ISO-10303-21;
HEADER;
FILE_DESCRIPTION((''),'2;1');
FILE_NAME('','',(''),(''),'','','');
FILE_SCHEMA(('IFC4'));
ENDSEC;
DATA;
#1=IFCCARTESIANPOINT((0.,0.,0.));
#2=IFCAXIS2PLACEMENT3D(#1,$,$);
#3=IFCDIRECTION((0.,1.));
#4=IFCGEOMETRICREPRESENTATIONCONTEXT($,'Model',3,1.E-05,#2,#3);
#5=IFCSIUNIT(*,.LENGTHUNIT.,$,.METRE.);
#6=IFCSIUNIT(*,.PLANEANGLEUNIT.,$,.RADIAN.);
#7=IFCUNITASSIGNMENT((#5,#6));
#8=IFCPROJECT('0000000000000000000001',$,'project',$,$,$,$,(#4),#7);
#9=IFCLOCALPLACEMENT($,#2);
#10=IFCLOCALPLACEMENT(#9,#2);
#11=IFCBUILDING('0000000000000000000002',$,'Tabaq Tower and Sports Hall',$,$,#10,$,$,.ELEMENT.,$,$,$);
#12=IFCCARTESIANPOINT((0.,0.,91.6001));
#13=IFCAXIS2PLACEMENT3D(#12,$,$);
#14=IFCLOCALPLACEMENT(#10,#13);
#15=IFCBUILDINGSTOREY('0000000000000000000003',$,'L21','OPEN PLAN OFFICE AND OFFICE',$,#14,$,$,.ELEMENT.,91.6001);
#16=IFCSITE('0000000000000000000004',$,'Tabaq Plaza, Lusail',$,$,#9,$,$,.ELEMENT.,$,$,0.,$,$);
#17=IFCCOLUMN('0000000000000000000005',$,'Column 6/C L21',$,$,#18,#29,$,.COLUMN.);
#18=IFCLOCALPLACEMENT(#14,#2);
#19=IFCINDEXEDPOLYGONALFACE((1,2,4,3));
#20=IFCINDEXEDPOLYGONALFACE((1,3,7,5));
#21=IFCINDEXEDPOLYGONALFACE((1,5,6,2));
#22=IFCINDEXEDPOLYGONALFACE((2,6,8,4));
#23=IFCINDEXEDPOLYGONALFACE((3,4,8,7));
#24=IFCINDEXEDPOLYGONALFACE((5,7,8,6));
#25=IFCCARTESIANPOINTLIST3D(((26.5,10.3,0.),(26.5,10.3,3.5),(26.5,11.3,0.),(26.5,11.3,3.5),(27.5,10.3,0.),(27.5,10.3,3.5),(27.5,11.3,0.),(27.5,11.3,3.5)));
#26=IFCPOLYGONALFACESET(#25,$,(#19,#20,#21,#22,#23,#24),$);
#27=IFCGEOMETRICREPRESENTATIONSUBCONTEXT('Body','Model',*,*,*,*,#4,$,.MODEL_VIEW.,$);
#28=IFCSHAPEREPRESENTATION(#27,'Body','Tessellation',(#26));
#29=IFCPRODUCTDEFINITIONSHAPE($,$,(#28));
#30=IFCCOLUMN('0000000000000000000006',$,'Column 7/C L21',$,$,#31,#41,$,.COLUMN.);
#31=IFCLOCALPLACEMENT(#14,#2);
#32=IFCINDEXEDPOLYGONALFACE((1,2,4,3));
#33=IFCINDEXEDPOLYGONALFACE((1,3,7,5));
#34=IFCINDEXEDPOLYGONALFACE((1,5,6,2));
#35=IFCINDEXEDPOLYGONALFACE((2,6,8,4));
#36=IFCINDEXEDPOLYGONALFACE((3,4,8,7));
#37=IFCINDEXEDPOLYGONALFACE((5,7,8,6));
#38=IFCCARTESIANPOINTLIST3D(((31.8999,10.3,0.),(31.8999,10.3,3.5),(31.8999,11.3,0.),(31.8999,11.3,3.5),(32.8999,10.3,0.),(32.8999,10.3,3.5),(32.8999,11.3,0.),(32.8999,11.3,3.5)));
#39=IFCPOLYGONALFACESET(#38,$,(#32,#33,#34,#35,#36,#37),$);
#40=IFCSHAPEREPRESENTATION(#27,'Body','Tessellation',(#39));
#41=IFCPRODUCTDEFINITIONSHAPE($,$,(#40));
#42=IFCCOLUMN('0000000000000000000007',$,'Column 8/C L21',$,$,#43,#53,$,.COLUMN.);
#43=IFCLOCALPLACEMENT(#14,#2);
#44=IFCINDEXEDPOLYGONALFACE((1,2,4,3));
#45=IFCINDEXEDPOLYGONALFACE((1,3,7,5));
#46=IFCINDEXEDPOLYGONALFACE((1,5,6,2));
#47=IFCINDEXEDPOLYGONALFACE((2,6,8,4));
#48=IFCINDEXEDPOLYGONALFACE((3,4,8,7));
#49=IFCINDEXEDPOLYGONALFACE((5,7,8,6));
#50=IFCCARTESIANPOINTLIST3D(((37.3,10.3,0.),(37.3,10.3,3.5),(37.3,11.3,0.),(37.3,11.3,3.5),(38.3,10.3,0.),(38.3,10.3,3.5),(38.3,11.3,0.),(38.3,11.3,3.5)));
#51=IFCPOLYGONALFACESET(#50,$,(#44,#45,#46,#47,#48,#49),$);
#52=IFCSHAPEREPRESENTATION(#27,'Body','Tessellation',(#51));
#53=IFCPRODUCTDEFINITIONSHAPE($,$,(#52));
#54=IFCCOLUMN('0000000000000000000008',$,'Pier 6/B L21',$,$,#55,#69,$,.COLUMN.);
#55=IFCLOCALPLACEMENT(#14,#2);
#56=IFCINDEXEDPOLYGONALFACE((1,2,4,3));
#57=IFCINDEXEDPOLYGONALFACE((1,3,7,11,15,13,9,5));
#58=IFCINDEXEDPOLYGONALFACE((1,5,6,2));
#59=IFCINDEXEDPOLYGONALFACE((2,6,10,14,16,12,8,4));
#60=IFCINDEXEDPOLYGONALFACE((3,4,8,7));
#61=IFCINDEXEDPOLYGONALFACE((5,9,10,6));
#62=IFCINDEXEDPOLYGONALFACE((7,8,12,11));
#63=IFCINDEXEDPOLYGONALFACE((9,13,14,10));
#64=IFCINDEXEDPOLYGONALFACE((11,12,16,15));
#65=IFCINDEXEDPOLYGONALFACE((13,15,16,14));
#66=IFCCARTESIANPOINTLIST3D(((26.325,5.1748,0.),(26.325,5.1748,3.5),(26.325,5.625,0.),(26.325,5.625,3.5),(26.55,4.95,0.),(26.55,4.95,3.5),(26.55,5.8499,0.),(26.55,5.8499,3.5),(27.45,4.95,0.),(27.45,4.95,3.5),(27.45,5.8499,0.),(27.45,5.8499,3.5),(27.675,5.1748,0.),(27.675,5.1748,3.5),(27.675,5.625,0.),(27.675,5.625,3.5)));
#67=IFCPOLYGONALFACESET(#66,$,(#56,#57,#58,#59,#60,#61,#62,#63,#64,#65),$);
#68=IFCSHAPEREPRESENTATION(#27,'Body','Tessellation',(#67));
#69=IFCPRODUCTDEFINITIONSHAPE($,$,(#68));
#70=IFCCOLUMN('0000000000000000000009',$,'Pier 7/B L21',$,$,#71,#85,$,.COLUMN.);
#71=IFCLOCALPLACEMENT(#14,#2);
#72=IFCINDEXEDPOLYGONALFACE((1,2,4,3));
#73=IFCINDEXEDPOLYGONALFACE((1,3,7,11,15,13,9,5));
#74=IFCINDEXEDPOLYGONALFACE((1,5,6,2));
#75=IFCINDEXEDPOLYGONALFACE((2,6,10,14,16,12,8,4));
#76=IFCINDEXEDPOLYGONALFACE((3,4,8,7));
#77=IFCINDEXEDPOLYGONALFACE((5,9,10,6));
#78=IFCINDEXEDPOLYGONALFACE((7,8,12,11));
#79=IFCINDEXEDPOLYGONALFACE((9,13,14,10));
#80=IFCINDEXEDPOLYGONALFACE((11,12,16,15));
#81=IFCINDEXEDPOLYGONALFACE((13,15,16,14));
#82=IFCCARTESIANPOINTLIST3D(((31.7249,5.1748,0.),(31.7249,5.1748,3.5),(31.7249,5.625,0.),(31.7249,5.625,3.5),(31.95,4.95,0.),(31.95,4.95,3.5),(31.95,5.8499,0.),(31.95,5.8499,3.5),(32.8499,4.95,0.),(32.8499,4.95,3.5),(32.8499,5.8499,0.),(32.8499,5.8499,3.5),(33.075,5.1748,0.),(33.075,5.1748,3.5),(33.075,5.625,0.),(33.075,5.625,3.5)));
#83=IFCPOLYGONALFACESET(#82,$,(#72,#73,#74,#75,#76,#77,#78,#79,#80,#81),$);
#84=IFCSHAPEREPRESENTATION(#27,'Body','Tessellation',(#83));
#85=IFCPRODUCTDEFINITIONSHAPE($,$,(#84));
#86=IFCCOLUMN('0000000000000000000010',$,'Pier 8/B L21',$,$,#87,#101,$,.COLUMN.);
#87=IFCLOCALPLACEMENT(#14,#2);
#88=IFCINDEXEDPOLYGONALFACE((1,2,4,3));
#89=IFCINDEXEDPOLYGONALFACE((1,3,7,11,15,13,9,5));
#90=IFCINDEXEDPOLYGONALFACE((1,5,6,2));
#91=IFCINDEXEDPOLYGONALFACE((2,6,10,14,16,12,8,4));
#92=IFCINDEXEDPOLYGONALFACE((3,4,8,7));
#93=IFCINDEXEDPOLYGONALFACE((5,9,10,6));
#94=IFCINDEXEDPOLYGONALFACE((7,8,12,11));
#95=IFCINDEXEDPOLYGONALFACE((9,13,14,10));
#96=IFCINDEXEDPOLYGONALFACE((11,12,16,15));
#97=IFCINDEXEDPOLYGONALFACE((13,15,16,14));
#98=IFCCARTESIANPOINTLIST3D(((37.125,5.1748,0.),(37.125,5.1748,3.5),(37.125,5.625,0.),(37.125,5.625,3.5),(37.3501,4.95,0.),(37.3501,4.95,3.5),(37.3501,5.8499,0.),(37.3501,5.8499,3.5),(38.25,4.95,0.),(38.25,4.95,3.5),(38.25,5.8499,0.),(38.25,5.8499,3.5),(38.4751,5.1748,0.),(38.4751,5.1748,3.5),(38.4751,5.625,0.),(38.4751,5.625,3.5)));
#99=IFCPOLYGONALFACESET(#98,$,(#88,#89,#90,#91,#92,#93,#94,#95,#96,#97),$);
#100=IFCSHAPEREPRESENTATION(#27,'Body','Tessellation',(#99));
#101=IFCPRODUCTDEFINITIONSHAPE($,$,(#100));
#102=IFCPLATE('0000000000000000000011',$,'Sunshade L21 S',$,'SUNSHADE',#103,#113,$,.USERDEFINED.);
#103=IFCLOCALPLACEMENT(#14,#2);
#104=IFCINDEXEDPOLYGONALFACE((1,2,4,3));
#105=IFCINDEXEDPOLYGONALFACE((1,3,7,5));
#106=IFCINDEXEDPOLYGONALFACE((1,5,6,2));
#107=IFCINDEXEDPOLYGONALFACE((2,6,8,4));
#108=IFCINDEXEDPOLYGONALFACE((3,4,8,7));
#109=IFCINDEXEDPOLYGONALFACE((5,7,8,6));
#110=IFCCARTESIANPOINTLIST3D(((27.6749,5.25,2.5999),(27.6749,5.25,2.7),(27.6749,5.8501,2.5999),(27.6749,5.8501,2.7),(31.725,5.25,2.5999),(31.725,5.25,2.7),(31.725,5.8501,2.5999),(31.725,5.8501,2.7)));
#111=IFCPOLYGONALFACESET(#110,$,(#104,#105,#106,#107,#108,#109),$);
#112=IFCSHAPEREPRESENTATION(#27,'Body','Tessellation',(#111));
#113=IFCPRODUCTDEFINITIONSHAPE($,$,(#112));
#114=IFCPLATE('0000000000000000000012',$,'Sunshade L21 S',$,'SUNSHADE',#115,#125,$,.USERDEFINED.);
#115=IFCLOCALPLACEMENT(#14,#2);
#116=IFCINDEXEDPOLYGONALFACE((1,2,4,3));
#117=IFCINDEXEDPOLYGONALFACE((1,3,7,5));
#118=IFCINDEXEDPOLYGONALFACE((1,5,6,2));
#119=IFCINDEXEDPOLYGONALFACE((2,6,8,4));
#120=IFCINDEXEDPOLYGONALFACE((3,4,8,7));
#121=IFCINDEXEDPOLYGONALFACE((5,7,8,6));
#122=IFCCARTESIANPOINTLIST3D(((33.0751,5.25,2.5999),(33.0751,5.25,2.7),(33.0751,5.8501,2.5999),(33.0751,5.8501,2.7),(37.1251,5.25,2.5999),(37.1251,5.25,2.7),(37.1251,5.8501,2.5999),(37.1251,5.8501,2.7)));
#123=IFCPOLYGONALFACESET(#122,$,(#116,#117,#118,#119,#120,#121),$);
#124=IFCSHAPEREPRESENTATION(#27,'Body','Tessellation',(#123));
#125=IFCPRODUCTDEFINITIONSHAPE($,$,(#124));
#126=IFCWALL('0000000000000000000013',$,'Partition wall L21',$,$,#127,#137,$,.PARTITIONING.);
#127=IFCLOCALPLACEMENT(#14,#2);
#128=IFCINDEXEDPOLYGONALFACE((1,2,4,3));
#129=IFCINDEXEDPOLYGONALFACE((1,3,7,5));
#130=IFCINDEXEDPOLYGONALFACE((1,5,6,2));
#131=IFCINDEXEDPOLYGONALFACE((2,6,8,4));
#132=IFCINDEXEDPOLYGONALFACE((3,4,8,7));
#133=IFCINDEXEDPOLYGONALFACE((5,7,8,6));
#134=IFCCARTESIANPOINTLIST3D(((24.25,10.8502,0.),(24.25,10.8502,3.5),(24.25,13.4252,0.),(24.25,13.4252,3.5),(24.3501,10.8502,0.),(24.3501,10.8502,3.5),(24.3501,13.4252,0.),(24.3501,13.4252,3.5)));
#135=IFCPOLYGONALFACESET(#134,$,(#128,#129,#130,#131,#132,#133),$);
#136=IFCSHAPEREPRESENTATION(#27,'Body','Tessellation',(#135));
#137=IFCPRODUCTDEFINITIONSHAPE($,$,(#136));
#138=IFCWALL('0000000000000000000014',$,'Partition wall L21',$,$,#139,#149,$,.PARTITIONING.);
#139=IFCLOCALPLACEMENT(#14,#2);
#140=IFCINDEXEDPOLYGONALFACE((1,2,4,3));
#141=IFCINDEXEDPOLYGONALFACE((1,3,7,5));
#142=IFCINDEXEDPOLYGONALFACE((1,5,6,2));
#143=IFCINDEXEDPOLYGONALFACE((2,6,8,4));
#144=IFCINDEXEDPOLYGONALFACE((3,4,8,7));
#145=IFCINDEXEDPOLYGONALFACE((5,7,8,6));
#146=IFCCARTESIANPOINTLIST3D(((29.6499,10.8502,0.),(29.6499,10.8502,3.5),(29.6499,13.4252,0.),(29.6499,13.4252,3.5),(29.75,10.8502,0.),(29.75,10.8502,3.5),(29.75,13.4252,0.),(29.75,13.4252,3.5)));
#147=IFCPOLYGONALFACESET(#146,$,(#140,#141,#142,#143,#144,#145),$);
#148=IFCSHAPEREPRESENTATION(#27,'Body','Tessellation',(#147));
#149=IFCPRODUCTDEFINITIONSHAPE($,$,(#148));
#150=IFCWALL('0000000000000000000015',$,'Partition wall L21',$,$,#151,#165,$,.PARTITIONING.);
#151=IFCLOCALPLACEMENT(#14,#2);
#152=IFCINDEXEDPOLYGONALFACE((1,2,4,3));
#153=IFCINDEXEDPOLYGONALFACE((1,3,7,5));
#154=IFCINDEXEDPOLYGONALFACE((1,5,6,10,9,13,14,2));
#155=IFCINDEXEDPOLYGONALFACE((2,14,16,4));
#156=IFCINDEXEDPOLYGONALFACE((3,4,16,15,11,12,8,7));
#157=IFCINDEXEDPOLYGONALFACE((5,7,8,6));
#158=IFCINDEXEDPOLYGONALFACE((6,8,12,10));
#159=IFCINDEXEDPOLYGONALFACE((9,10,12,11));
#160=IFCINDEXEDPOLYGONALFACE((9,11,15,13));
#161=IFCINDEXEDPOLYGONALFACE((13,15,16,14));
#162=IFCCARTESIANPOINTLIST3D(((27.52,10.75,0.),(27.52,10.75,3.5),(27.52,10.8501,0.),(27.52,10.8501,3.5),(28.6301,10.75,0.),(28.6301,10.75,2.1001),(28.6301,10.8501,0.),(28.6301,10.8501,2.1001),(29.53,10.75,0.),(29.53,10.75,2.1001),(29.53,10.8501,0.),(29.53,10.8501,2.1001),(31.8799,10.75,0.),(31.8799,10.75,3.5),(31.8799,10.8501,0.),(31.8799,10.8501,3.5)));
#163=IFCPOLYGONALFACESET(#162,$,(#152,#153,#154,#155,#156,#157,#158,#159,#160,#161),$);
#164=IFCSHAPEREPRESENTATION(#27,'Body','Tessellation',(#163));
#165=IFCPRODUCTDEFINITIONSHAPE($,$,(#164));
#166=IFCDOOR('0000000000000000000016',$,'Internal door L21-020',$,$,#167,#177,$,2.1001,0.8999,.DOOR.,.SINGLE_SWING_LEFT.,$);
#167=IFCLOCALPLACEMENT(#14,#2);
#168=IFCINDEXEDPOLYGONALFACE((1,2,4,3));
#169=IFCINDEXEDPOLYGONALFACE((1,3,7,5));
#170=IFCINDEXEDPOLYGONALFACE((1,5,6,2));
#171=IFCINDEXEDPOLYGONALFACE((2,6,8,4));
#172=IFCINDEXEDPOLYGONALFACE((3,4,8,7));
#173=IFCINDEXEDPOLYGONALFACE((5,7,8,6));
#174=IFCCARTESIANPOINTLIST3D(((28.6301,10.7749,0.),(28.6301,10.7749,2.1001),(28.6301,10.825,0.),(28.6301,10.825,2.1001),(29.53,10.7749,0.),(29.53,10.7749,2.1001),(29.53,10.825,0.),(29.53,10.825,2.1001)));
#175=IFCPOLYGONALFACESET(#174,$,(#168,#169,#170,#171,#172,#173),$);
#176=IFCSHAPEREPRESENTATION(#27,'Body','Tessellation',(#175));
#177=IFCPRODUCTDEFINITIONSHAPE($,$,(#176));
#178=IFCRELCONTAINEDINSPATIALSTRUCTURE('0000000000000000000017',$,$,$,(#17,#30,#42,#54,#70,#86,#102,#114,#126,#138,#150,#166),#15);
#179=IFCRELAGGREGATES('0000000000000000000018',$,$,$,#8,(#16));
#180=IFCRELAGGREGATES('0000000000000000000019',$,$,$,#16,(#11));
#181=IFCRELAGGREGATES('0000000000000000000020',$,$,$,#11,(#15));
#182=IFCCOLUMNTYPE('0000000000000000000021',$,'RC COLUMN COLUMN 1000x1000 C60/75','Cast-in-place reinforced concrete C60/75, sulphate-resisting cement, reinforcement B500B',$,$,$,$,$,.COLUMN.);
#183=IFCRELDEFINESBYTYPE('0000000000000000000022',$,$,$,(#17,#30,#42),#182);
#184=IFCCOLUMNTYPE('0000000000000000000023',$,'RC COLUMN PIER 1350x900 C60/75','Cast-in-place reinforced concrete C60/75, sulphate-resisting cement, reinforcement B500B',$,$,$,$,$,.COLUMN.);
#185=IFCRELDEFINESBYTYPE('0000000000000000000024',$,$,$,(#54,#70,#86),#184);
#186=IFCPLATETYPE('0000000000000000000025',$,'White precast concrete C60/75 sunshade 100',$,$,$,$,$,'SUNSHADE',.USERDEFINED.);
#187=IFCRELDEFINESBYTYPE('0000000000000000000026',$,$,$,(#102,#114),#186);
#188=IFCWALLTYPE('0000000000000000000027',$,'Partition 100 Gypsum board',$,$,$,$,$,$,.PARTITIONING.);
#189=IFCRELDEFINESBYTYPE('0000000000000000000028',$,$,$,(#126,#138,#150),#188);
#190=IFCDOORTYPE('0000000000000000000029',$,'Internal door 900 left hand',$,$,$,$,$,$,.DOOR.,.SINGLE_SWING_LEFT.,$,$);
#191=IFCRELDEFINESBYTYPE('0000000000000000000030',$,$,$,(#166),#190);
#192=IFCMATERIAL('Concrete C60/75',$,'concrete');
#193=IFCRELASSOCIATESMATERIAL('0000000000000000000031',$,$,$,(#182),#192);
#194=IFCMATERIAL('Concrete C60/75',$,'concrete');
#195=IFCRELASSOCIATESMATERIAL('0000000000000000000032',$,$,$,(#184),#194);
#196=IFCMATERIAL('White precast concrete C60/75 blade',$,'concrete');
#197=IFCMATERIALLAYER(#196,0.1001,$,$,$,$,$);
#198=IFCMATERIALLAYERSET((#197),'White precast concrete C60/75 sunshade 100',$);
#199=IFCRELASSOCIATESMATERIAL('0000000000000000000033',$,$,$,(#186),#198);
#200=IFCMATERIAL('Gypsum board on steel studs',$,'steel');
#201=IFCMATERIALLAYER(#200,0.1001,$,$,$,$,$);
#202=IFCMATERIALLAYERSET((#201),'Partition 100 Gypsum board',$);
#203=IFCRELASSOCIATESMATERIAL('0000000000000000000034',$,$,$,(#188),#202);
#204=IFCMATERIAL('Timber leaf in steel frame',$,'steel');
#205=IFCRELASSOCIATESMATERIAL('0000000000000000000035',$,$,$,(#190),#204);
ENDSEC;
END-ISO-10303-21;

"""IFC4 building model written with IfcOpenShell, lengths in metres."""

from ifc_helpers import new_model, si_unit, direction, frame, frame_2d, origin, origin_2d, place, context, subcontext, project, spatial, polyline, rectangle, outline, extrude, material, layer, layer_set, material_profile, profile_set, type_object, element, fill, save


model = new_model("IFC4")

# Units and contexts
model_context = context("Model", 3, precision=1e-05, world=origin(), true_north=direction((0.0, 1.0)))
body_context = subcontext(model_context, "Body", "Model", "MODEL_VIEW")
ifc_project = project(units=[si_unit("LENGTHUNIT", "METRE"), si_unit("PLANEANGLEUNIT", "RADIAN")], contexts=[model_context])

# Site, building, storey
site_placement = place(None, origin())
site = spatial("IfcSite", under=ifc_project, at=site_placement, Name="Tabaq Plaza, Lusail", CompositionType="ELEMENT", RefElevation=0.0)
building_placement = place(site_placement, origin())
building = spatial("IfcBuilding", under=site, at=building_placement, Name="Tabaq Tower and Sports Hall", CompositionType="ELEMENT")
storey_placement = place(building_placement, frame((0.0, 0.0, 91.6001)))
storey = spatial("IfcBuildingStorey", under=building, at=storey_placement, Name="L21", Description="OPEN PLAN OFFICE AND OFFICE", CompositionType="ELEMENT", Elevation=91.6001)

# Columns
ifc_material_1 = material(Name="Concrete C60/75", Category="concrete")
ifc_material_profile_1 = material_profile(ifc_material_1, rectangle(XDim=1.0, YDim=1.0, at=origin_2d()), Name="COLUMN 1000x1000")
ifc_profile_set_1 = profile_set([ifc_material_profile_1], Name="Concrete C60/75")
column_type_1 = type_object("IfcColumnType", Name="RC COLUMN COLUMN 1000x1000 C60/75", Description="Cast-in-place reinforced concrete C60/75, sulphate-resisting cement, reinforcement B500B", PredefinedType="COLUMN", material=ifc_profile_set_1)
for number, where, z_axis, x_axis, name in (
    (1, (27.0, 10.8, 0.0), (0.0, 0.0, 1.0), (1.0, 0.0, 0.0), "Column 6/C L21"),
    (2, (32.3999, 10.8, 0.0), (0.0, 0.0, 1.0), (1.0, 0.0, 0.0), "Column 7/C L21"),
    (3, (37.8, 10.8, 0.0), (0.0, 0.0, 1.0), (1.0, 0.0, 0.0), "Column 8/C L21"),
):
    element("IfcColumn", number, at=place(storey_placement, frame(where, z_axis=z_axis, x_axis=x_axis)), inside=storey, type_object=column_type_1, Name=name, PredefinedType="COLUMN", context=body_context, shape_type="SweptSolid", body=[
        extrude(rectangle(XDim=1.0, YDim=1.0, at=origin_2d()), origin(), (0.0, 0.0, 1.0), 3.5),
    ])
ifc_material_2 = material(Name="Concrete C60/75", Category="concrete")
ifc_material_profile_2 = material_profile(ifc_material_2, outline(polyline([(-0.45, -0.45), (0.45, -0.45), (0.675, -0.2251), (0.675, 0.2251), (0.45, 0.45), (-0.45, 0.45), (-0.675, 0.2251), (-0.675, -0.2251), (-0.45, -0.45)])), Name="PIER 1350x900")
ifc_profile_set_2 = profile_set([ifc_material_profile_2], Name="Concrete C60/75")
column_type_2 = type_object("IfcColumnType", Name="RC COLUMN PIER 1350x900 C60/75", Description="Cast-in-place reinforced concrete C60/75, sulphate-resisting cement, reinforcement B500B", PredefinedType="COLUMN", material=ifc_profile_set_2)
for number, where, z_axis, x_axis, name in (
    (4, (27.0, 5.3999, 0.0), (0.0, 0.0, 1.0), (1.0, 0.0, 0.0), "Pier 6/B L21"),
    (5, (32.3999, 5.3999, 0.0), (0.0, 0.0, 1.0), (1.0, 0.0, 0.0), "Pier 7/B L21"),
    (6, (37.8, 5.3999, 0.0), (0.0, 0.0, 1.0), (1.0, 0.0, 0.0), "Pier 8/B L21"),
):
    element("IfcColumn", number, at=place(storey_placement, frame(where, z_axis=z_axis, x_axis=x_axis)), inside=storey, type_object=column_type_2, Name=name, PredefinedType="COLUMN", context=body_context, shape_type="SweptSolid", body=[
        extrude(outline(polyline([(-0.45, -0.45), (0.45, -0.45), (0.675, -0.2251), (0.675, 0.2251), (0.45, 0.45), (-0.45, 0.45), (-0.675, 0.2251), (-0.675, -0.2251), (-0.45, -0.45)])), origin(), (0.0, 0.0, 1.0), 3.5),
    ])

# Plates
ifc_material_3 = material(Name="White precast concrete C60/75 blade", Category="concrete")
ifc_layer_1 = layer(ifc_material_3, 0.1001)
ifc_layer_set_1 = layer_set([ifc_layer_1], Name="White precast concrete C60/75 sunshade 100")
plate_type = type_object("IfcPlateType", Name="White precast concrete C60/75 sunshade 100", ElementType="SUNSHADE", PredefinedType="USERDEFINED", material=ifc_layer_set_1)
for number, where, z_axis, x_axis, name in (
    (7, (29.7, 5.55, 2.5999), (0.0, 0.0, 1.0), (1.0, 0.0, 0.0), "Sunshade L21 S"),
    (8, (35.1001, 5.55, 2.5999), (0.0, 0.0, 1.0), (1.0, 0.0, 0.0), "Sunshade L21 S"),
):
    element("IfcPlate", number, at=place(storey_placement, frame(where, z_axis=z_axis, x_axis=x_axis)), inside=storey, type_object=plate_type, Name=name, ObjectType="SUNSHADE", PredefinedType="USERDEFINED", context=body_context, shape_type="SweptSolid", body=[
        extrude(rectangle(XDim=4.05, YDim=0.6001, at=origin_2d()), origin(), (0.0, 0.0, 1.0), 0.1001),
    ])

# Walls
ifc_material_4 = material(Name="Gypsum board on steel studs", Category="steel")
ifc_layer_2 = layer(ifc_material_4, 0.1001)
ifc_layer_set_2 = layer_set([ifc_layer_2], Name="Partition 100 Gypsum board")
wall_type = type_object("IfcWallType", Name="Partition 100 Gypsum board", PredefinedType="PARTITIONING", material=ifc_layer_set_2)
for number, where, z_axis, x_axis, name in (
    (9, (24.3, 10.8501, 0.0), (0.0, 0.0, 1.0), (0.0, 1.0, 0.0), "Partition wall L21"),
    (10, (29.7, 10.8501, 0.0), (0.0, 0.0, 1.0), (0.0, 1.0, 0.0), "Partition wall L21"),
):
    element("IfcWall", number, at=place(storey_placement, frame(where, z_axis=z_axis, x_axis=x_axis)), inside=storey, type_object=wall_type, Name=name, PredefinedType="PARTITIONING", context=body_context, shape_type="SweptSolid", body=[
        extrude(rectangle(XDim=2.575, YDim=0.1001, at=frame_2d((1.2876, 0.0))), origin(), (0.0, 0.0, 1.0), 3.5),
    ])

# Wall, opening, door
wall_1_placement = place(storey_placement, frame((27.52, 10.8, 0.0), z_axis=(0.0, 0.0, 1.0), x_axis=(1.0, 0.0, 0.0)))
wall_1 = element("IfcWall", 11, at=wall_1_placement, inside=storey, type_object=wall_type, Name="Partition wall L21", PredefinedType="PARTITIONING", context=body_context, shape_type="SweptSolid", body=[
    extrude(rectangle(XDim=4.3599, YDim=0.1001, at=frame_2d((2.1799, 0.0))), origin(), (0.0, 0.0, 1.0), 3.5),
])
opening_1_placement = place(wall_1_placement, frame((1.1101, 0.0, 0.0)))
opening_1 = element("IfcOpeningElement", 12, at=opening_1_placement, cuts=wall_1, PredefinedType="OPENING", context=body_context, shape_type="SweptSolid", body=[
    extrude(rectangle(XDim=0.8999, YDim=2.1001, at=frame_2d((0.45, 1.05))), frame((0.0, 0.05, 0.0), z_axis=(0.0, -1.0, 0.0), x_axis=(1.0, 0.0, 0.0)), (0.0, 0.0, 1.0), 0.1001),
])
ifc_material_5 = material(Name="Timber leaf in steel frame", Category="steel")
door_type = type_object("IfcDoorType", Name="Internal door 900 left hand", OperationType="SINGLE_SWING_LEFT", PredefinedType="DOOR", material=ifc_material_5)
door_1_placement = place(opening_1_placement, origin())
door_1 = element("IfcDoor", 13, at=door_1_placement, inside=storey, type_object=door_type, Name="Internal door L21-020", OperationType="SINGLE_SWING_LEFT", OverallHeight=2.1001, OverallWidth=0.8999, PredefinedType="DOOR", context=body_context, shape_type="SweptSolid", body=[
    extrude(rectangle(XDim=0.8999, YDim=2.1001, at=frame_2d((0.45, 1.05))), frame((0.0, 0.0249, 0.0), z_axis=(0.0, -1.0, 0.0), x_axis=(1.0, 0.0, 0.0)), (0.0, 0.0, 1.0), 0.05),
])
fill(opening_1, door_1)

save(model, "model.ifc")
